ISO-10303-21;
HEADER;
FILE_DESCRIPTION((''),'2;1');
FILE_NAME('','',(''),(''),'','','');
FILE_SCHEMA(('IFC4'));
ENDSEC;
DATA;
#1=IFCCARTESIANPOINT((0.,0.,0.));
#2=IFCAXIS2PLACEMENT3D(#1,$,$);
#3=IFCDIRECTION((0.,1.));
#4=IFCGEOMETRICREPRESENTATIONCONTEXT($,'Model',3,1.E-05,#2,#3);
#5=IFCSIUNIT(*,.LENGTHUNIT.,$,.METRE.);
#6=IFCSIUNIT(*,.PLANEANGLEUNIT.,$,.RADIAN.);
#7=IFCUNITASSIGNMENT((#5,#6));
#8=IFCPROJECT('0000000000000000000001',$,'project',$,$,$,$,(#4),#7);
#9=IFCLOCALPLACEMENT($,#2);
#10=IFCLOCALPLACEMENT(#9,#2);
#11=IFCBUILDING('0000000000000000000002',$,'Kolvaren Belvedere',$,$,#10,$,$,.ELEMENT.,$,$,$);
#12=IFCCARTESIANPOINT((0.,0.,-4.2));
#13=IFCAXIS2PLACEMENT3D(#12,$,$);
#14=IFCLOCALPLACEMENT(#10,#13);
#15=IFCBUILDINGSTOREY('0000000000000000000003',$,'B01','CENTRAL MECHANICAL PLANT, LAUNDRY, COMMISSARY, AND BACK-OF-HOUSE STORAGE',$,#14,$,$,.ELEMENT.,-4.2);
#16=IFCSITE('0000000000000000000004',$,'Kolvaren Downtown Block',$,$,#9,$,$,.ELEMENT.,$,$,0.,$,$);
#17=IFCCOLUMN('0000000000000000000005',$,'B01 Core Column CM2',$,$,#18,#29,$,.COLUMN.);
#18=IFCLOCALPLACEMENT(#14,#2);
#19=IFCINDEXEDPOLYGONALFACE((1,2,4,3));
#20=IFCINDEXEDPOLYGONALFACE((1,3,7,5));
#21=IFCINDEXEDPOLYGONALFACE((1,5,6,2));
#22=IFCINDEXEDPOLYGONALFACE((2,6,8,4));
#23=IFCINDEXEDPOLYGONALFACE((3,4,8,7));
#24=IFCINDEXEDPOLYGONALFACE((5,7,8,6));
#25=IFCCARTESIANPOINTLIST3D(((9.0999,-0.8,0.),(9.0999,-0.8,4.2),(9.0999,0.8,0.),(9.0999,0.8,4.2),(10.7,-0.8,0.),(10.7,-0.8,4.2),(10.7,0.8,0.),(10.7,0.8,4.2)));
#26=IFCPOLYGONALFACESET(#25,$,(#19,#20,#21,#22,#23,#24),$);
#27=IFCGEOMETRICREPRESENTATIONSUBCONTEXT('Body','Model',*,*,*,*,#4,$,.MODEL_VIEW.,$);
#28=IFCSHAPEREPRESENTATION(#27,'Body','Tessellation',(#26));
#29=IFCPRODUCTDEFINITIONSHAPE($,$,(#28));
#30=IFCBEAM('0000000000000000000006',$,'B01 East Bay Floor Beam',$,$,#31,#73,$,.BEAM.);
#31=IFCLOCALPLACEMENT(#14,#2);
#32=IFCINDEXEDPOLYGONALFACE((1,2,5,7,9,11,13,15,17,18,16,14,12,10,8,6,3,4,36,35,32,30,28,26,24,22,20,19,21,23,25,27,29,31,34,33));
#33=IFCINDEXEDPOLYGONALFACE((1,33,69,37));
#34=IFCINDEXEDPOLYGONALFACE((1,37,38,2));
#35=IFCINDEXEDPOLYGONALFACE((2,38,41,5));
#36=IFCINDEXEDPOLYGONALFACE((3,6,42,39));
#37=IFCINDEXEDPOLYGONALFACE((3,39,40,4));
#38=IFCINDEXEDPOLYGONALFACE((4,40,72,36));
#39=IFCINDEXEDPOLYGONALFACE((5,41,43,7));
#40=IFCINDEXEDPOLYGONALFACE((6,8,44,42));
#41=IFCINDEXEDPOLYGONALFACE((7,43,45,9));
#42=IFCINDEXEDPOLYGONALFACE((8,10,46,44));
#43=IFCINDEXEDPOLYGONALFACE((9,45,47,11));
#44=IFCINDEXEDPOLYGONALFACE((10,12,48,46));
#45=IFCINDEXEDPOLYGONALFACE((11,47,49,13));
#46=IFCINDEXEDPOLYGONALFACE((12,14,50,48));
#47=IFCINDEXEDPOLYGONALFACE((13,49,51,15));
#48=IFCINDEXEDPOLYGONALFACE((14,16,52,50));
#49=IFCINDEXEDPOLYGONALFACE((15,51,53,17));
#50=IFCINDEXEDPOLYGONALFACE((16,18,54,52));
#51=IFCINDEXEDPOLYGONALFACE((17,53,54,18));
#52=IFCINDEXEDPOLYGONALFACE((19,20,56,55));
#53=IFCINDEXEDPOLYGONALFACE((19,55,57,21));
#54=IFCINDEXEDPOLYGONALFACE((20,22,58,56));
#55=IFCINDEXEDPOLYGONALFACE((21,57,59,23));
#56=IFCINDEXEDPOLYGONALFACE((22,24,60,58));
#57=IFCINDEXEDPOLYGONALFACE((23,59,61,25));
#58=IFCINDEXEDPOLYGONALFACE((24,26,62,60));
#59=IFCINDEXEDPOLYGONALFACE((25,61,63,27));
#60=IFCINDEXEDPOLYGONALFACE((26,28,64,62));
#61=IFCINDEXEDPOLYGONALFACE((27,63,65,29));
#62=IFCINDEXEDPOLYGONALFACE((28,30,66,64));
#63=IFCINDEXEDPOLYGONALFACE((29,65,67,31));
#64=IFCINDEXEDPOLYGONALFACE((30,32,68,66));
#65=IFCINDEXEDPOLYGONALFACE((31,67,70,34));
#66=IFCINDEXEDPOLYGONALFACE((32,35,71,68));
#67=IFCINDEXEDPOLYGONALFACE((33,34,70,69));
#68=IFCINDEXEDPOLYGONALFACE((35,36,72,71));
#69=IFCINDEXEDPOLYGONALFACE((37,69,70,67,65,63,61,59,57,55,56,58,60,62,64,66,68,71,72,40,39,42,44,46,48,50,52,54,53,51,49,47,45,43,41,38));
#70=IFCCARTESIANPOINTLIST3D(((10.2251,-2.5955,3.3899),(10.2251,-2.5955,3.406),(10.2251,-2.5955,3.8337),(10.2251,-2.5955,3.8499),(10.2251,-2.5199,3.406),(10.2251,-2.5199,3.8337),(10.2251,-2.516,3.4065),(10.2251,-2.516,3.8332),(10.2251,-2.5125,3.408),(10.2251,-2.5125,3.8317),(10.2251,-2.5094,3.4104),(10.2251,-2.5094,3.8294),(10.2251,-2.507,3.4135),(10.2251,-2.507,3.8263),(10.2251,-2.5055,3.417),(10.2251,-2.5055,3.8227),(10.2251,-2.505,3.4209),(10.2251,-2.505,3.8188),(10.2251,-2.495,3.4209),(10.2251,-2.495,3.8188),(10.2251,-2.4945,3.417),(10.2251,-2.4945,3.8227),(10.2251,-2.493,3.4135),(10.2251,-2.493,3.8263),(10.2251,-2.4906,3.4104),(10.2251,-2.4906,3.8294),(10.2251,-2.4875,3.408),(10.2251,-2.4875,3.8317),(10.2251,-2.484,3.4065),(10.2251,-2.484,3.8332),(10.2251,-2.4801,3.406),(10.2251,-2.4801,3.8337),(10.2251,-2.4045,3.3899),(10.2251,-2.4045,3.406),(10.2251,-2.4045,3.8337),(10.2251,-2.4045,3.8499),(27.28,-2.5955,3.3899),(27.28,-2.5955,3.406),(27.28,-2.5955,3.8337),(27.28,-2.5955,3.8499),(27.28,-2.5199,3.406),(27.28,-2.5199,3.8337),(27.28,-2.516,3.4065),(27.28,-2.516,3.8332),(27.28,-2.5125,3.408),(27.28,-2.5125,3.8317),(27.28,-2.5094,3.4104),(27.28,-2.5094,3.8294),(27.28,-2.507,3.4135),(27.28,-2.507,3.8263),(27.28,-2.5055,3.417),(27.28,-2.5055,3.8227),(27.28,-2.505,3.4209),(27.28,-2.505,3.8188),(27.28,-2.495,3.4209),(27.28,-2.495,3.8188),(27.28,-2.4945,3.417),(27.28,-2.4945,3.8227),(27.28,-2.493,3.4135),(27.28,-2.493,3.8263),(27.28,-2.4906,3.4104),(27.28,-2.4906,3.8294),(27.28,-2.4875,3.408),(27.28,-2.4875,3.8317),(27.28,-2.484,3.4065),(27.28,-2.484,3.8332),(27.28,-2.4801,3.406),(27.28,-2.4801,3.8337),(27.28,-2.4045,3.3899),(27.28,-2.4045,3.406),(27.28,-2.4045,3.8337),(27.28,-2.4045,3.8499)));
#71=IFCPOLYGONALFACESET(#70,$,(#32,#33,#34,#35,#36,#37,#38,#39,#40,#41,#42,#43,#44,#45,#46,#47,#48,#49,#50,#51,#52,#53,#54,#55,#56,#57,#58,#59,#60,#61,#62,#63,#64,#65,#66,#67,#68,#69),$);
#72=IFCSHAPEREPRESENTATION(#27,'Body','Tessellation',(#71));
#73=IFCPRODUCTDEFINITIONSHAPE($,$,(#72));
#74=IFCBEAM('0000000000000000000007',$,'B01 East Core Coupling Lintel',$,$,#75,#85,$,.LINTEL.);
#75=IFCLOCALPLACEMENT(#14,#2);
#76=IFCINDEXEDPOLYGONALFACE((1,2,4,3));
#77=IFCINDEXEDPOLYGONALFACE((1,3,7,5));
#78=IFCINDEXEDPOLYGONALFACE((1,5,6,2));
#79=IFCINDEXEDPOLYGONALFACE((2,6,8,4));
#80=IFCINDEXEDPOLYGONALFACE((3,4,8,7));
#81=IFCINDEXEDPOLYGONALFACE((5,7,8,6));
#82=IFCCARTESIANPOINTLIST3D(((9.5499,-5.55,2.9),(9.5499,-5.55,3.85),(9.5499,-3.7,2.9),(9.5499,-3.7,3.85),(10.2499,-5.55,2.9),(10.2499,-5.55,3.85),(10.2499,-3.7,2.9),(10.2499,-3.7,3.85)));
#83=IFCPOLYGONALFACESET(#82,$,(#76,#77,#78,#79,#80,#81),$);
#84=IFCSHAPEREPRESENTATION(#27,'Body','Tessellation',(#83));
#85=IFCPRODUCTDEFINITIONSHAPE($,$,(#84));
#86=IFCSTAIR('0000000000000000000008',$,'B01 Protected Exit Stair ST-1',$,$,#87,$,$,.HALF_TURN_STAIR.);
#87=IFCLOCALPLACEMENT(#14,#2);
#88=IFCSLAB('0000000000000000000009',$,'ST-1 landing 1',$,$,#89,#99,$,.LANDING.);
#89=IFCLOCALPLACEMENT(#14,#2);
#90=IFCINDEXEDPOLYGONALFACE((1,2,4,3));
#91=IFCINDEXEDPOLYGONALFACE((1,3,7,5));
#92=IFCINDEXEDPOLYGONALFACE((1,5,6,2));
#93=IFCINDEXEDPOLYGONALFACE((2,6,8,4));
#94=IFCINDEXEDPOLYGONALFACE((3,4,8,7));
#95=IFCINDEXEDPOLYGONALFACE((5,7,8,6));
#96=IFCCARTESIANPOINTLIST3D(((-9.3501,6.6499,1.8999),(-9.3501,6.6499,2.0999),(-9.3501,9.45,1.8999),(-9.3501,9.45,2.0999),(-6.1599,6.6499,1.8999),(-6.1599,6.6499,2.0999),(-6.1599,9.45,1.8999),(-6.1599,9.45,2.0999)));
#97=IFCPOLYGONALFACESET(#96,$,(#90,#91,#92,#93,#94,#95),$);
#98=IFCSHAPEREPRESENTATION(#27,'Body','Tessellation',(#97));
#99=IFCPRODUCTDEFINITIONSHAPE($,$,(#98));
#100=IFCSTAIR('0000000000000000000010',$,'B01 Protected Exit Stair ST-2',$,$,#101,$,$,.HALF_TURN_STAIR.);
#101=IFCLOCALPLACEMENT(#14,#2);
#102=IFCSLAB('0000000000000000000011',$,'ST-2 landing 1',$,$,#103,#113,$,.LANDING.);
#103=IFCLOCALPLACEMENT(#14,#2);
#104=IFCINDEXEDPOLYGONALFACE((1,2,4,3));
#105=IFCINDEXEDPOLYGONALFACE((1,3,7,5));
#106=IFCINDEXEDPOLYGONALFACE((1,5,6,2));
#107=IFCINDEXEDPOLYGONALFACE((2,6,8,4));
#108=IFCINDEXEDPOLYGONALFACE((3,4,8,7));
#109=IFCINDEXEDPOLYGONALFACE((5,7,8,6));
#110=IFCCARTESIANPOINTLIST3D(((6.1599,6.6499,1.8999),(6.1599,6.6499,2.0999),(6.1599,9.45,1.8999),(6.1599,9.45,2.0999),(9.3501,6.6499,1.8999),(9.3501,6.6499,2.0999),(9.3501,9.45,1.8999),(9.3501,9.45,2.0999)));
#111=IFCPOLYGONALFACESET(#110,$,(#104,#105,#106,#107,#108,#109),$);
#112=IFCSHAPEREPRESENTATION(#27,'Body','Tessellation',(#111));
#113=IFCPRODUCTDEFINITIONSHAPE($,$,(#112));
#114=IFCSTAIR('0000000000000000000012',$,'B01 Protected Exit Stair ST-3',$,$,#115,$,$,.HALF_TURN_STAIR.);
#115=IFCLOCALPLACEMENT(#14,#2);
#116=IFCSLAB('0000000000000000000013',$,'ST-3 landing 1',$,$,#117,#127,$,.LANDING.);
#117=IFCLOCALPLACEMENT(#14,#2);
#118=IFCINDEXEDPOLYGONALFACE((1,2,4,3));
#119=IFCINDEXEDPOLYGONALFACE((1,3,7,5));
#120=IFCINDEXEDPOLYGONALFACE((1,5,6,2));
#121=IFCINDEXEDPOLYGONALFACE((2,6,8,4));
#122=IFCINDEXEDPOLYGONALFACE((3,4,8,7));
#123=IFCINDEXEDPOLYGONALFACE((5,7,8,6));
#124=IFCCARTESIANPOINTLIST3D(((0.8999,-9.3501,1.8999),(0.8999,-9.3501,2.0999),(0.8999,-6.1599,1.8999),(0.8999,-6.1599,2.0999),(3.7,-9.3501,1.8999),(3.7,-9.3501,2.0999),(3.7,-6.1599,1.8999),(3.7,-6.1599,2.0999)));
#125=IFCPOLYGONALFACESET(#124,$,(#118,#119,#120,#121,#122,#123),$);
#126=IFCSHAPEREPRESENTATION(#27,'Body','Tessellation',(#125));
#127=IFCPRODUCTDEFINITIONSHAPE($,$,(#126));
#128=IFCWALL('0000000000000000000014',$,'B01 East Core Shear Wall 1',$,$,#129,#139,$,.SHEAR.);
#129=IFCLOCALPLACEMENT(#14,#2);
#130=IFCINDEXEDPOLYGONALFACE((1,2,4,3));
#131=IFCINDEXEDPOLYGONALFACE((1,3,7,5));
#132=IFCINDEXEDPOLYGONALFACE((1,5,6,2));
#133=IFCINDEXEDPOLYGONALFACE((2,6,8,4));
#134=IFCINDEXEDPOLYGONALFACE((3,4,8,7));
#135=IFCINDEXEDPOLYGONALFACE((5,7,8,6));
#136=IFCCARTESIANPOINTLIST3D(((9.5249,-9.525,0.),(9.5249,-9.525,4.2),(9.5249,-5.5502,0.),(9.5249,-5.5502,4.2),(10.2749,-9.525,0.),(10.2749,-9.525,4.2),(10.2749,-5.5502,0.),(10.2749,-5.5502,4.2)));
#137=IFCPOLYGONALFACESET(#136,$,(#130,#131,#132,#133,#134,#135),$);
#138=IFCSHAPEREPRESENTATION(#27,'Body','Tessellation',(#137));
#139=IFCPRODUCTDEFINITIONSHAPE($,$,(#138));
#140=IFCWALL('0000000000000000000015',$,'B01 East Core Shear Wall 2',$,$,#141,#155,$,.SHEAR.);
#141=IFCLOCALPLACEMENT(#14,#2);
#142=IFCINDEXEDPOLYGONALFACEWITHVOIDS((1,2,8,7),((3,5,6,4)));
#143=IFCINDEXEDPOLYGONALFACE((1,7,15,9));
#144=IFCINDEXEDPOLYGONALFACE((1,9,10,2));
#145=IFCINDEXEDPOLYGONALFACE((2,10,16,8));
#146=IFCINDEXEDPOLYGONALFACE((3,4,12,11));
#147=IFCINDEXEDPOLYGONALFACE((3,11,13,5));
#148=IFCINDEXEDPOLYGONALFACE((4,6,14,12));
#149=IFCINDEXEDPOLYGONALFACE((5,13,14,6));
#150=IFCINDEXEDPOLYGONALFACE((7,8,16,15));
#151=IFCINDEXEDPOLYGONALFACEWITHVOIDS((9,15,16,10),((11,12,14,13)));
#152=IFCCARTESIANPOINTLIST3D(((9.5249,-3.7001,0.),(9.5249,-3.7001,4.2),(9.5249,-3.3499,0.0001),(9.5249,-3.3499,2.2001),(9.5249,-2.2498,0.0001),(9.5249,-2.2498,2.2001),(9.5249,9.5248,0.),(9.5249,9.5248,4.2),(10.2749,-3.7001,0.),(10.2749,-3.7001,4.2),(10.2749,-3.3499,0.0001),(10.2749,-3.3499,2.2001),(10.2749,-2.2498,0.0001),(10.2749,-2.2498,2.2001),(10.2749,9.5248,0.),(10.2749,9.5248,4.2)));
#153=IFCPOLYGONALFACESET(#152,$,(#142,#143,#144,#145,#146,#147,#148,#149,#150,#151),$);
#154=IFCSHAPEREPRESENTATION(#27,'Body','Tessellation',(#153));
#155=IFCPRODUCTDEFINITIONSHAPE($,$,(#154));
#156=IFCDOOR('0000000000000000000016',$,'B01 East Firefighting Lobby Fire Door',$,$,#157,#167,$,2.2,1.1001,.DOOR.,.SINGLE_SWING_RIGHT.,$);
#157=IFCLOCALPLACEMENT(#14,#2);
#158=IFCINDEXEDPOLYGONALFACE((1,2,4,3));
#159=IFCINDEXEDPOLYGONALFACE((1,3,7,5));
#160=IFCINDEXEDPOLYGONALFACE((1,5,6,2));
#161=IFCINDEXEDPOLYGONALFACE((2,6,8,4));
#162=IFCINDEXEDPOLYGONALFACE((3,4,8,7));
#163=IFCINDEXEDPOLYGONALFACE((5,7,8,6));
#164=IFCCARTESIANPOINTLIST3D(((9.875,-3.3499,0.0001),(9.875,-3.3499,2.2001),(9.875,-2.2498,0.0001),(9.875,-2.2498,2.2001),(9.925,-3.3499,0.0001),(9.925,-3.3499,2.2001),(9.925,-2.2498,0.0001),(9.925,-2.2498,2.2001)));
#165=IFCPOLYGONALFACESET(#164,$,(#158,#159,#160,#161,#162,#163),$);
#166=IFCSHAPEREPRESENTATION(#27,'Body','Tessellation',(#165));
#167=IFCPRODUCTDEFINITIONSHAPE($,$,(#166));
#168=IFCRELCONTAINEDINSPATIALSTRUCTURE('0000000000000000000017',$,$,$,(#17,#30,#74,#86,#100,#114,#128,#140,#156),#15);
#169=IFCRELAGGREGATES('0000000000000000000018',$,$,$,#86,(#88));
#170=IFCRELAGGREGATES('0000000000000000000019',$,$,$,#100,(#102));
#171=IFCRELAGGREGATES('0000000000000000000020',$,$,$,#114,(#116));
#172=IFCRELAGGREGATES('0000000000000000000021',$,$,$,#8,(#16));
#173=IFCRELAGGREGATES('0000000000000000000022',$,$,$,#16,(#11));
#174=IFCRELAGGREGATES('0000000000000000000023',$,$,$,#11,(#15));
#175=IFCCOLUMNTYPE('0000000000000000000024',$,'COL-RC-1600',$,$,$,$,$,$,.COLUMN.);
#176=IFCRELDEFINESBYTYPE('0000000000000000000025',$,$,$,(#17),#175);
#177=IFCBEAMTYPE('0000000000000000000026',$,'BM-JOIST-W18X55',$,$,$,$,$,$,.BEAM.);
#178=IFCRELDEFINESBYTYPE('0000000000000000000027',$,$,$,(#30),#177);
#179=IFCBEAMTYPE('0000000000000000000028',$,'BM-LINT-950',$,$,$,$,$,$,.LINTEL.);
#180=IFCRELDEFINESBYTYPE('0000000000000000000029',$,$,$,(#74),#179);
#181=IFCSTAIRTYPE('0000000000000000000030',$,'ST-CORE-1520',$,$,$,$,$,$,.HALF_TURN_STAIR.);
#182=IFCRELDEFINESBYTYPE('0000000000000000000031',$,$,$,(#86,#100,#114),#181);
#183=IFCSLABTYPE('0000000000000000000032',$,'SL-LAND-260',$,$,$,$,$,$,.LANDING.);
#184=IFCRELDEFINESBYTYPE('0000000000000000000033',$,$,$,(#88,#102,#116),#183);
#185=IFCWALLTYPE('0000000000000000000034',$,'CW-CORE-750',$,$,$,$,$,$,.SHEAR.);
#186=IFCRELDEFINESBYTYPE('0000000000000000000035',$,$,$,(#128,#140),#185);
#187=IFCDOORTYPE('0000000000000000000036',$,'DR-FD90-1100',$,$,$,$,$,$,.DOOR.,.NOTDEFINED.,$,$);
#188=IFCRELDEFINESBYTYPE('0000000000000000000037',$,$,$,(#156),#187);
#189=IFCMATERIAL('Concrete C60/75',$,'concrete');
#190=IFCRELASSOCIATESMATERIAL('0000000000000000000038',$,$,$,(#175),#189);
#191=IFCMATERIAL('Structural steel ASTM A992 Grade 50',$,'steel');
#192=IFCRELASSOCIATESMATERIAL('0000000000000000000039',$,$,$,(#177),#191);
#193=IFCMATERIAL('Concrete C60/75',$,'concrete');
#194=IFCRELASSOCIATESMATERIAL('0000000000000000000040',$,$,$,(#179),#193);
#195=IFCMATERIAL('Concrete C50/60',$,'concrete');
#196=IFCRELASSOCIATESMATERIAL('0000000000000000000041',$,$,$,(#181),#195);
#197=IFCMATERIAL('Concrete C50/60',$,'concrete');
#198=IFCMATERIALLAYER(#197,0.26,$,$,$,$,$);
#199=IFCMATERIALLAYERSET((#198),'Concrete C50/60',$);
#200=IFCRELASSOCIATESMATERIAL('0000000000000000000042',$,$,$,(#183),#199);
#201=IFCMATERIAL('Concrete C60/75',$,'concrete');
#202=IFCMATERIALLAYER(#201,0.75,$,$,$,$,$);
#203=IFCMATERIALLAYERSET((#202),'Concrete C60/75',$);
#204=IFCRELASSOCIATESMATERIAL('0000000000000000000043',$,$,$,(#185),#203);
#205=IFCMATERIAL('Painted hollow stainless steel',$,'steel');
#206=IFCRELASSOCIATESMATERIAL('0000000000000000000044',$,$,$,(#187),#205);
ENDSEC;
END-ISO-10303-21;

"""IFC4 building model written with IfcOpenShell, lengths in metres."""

from ifc_helpers import new_model, si_unit, direction, frame, frame_2d, origin, origin_2d, place, context, subcontext, project, spatial, polyline, rectangle, i_section, outline, extrude, material, layer, layer_set, material_profile, profile_set, type_object, element, fill, aggregate, save


model = new_model("IFC4")

# Units and contexts
model_context = context("Model", 3, precision=1e-05, world=origin(), true_north=direction((0.0, 1.0)))
body_context = subcontext(model_context, "Body", "Model", "MODEL_VIEW")
ifc_project = project(units=[si_unit("LENGTHUNIT", "METRE"), si_unit("PLANEANGLEUNIT", "RADIAN")], contexts=[model_context])

# Site, building, storey
site_placement = place(None, origin())
site = spatial("IfcSite", under=ifc_project, at=site_placement, Name="Kolvaren Downtown Block", CompositionType="ELEMENT", RefElevation=0.0)
building_placement = place(site_placement, origin())
building = spatial("IfcBuilding", under=site, at=building_placement, Name="Kolvaren Belvedere", CompositionType="ELEMENT")
storey_placement = place(building_placement, frame((0.0, 0.0, -4.2)))
storey = spatial("IfcBuildingStorey", under=building, at=storey_placement, Name="B01", Description="CENTRAL MECHANICAL PLANT, LAUNDRY, COMMISSARY, AND BACK-OF-HOUSE STORAGE", CompositionType="ELEMENT", Elevation=-4.2)

# Column
ifc_material_1 = material(Name="Concrete C60/75", Category="concrete")
ifc_material_profile_1 = material_profile(ifc_material_1, rectangle(XDim=1.6001, YDim=1.6001, at=origin_2d()), Name="RC 1600X1600")
ifc_profile_set_1 = profile_set([ifc_material_profile_1], Name="Concrete C60/75")
column_type = type_object("IfcColumnType", Name="COL-RC-1600", PredefinedType="COLUMN", material=ifc_profile_set_1)
column_placement = place(storey_placement, frame((9.8999, 0.0, 0.0), z_axis=(0.0, 0.0, 1.0), x_axis=(1.0, 0.0, 0.0)))
element("IfcColumn", 1, at=column_placement, inside=storey, type_object=column_type, Name="B01 Core Column CM2", PredefinedType="COLUMN", context=body_context, shape_type="SweptSolid", body=[
    extrude(rectangle(XDim=1.6001, YDim=1.6001, at=origin_2d()), origin(), (0.0, 0.0, 1.0), 4.2),
])

# Beams
ifc_material_2 = material(Name="Structural steel ASTM A992 Grade 50", Category="steel")
ifc_material_profile_2 = material_profile(ifc_material_2, i_section(OverallWidth=0.1909, OverallDepth=0.46, WebThickness=0.01, FlangeThickness=0.0161, FilletRadius=0.0149, at=origin_2d()), Name="W18X55")
ifc_profile_set_2 = profile_set([ifc_material_profile_2], Name="Structural steel ASTM A992 Grade 50")
beam_type_1 = type_object("IfcBeamType", Name="BM-JOIST-W18X55", PredefinedType="BEAM", material=ifc_profile_set_2)
beam_1_placement = place(storey_placement, frame((10.2251, -2.5, 3.6199), z_axis=(1.0, 0.0, 0.0), x_axis=(0.0, 1.0, 0.0)))
element("IfcBeam", 2, at=beam_1_placement, inside=storey, type_object=beam_type_1, Name="B01 East Bay Floor Beam", PredefinedType="BEAM", context=body_context, shape_type="SweptSolid", body=[
    extrude(i_section(OverallWidth=0.1909, OverallDepth=0.46, WebThickness=0.01, FlangeThickness=0.0161, FilletRadius=0.0149, at=origin_2d()), origin(), (0.0, 0.0, 1.0), 17.0549),
])
ifc_material_3 = material(Name="Concrete C60/75", Category="concrete")
ifc_material_profile_3 = material_profile(ifc_material_3, rectangle(XDim=0.7, YDim=0.95, at=origin_2d()), Name="RC 700X950")
ifc_profile_set_3 = profile_set([ifc_material_profile_3], Name="Concrete C60/75")
beam_type_2 = type_object("IfcBeamType", Name="BM-LINT-950", PredefinedType="LINTEL", material=ifc_profile_set_3)
beam_2_placement = place(storey_placement, frame((9.8999, -5.55, 3.375), z_axis=(0.0, 1.0, 0.0), x_axis=(-1.0, 0.0, 0.0)))
element("IfcBeam", 3, at=beam_2_placement, inside=storey, type_object=beam_type_2, Name="B01 East Core Coupling Lintel", PredefinedType="LINTEL", context=body_context, shape_type="SweptSolid", body=[
    extrude(rectangle(XDim=0.7, YDim=0.95, at=origin_2d()), origin(), (0.0, 0.0, 1.0), 1.8501),
])

# Stairs, slabs
ifc_material_4 = material(Name="Concrete C50/60", Category="concrete")
stair_type = type_object("IfcStairType", Name="ST-CORE-1520", PredefinedType="HALF_TURN_STAIR", material=ifc_material_4)
stair_1_placement = place(storey_placement, origin())
stair_1 = element("IfcStair", 4, at=stair_1_placement, inside=storey, type_object=stair_type, Name="B01 Protected Exit Stair ST-1", PredefinedType="HALF_TURN_STAIR")
ifc_material_5 = material(Name="Concrete C50/60", Category="concrete")
ifc_layer_1 = layer(ifc_material_5, 0.26)
ifc_layer_set_1 = layer_set([ifc_layer_1], Name="Concrete C50/60")
slab_type = type_object("IfcSlabType", Name="SL-LAND-260", PredefinedType="LANDING", material=ifc_layer_set_1)
slab_1_placement = place(storey_placement, frame((0.0, 0.0, 1.8999)))
slab_1 = element("IfcSlab", 5, at=slab_1_placement, type_object=slab_type, Name="ST-1 landing 1", PredefinedType="LANDING", context=body_context, shape_type="SweptSolid", body=[
    extrude(outline(polyline([(-6.1599, 6.6499), (-6.1599, 9.45), (-9.3501, 9.45), (-9.3501, 6.6499), (-6.1599, 6.6499)])), origin(), (0.0, 0.0, 1.0), 0.2),
])
aggregate(stair_1, [slab_1])
stair_2_placement = place(storey_placement, origin())
stair_2 = element("IfcStair", 6, at=stair_2_placement, inside=storey, type_object=stair_type, Name="B01 Protected Exit Stair ST-2", PredefinedType="HALF_TURN_STAIR")
slab_2_placement = place(storey_placement, frame((0.0, 0.0, 1.8999)))
slab_2 = element("IfcSlab", 7, at=slab_2_placement, type_object=slab_type, Name="ST-2 landing 1", PredefinedType="LANDING", context=body_context, shape_type="SweptSolid", body=[
    extrude(outline(polyline([(9.3501, 6.6499), (9.3501, 9.45), (6.1599, 9.45), (6.1599, 6.6499), (9.3501, 6.6499)])), origin(), (0.0, 0.0, 1.0), 0.2),
])
aggregate(stair_2, [slab_2])
stair_3_placement = place(storey_placement, origin())
stair_3 = element("IfcStair", 8, at=stair_3_placement, inside=storey, type_object=stair_type, Name="B01 Protected Exit Stair ST-3", PredefinedType="HALF_TURN_STAIR")
slab_3_placement = place(storey_placement, frame((0.0, 0.0, 1.8999)))
slab_3 = element("IfcSlab", 9, at=slab_3_placement, type_object=slab_type, Name="ST-3 landing 1", PredefinedType="LANDING", context=body_context, shape_type="SweptSolid", body=[
    extrude(outline(polyline([(0.8999, -9.3501), (3.7, -9.3501), (3.7, -6.1599), (0.8999, -6.1599), (0.8999, -9.3501)])), origin(), (0.0, 0.0, 1.0), 0.2),
])

# Wall
ifc_material_6 = material(Name="Concrete C60/75", Category="concrete")
ifc_layer_2 = layer(ifc_material_6, 0.75)
ifc_layer_set_2 = layer_set([ifc_layer_2], Name="Concrete C60/75")
wall_type_1 = type_object("IfcWallType", Name="CW-CORE-750", PredefinedType="SHEAR", material=ifc_layer_set_2)
wall_1_placement = place(storey_placement, frame((9.8999, -9.5249, 0.0), z_axis=(0.0, 0.0, 1.0), x_axis=(0.0, 1.0, 0.0)))
element("IfcWall", 10, at=wall_1_placement, inside=storey, type_object=wall_type_1, Name="B01 East Core Shear Wall 1", PredefinedType="SHEAR", context=body_context, shape_type="SweptSolid", body=[
    extrude(rectangle(XDim=3.9749, YDim=0.75, at=frame_2d((1.9873, 0.0))), origin(), (0.0, 0.0, 1.0), 4.2),
])

# Wall, opening, door
wall_2_placement = place(storey_placement, frame((9.8999, -3.7, 0.0), z_axis=(0.0, 0.0, 1.0), x_axis=(0.0, 1.0, 0.0)))
wall_2 = element("IfcWall", 11, at=wall_2_placement, inside=storey, type_object=wall_type_1, Name="B01 East Core Shear Wall 2", PredefinedType="SHEAR", context=body_context, shape_type="SweptSolid", body=[
    extrude(rectangle(XDim=13.2249, YDim=0.75, at=frame_2d((6.6123, 0.0))), origin(), (0.0, 0.0, 1.0), 4.2),
])
opening_1_placement = place(wall_2_placement, frame((0.3501, 0.0, 0.0)))
opening_1 = element("IfcOpeningElement", 12, at=opening_1_placement, cuts=wall_2, PredefinedType="OPENING", context=body_context, shape_type="SweptSolid", body=[
    extrude(rectangle(XDim=1.1001, YDim=2.2, at=frame_2d((0.55, 1.1001))), frame((0.0, 0.385, 0.0), z_axis=(0.0, -1.0, 0.0), x_axis=(1.0, 0.0, 0.0)), (0.0, 0.0, 1.0), 0.77),
])
ifc_material_7 = material(Name="Painted hollow stainless steel", Category="steel")
door_type_1 = type_object("IfcDoorType", Name="DR-FD90-1100", OperationType="NOTDEFINED", PredefinedType="DOOR", material=ifc_material_7)
door_1_placement = place(opening_1_placement, origin())
door_1 = element("IfcDoor", 13, at=door_1_placement, inside=storey, type_object=door_type_1, Name="B01 East Firefighting Lobby Fire Door", OperationType="SINGLE_SWING_RIGHT", OverallHeight=2.2, OverallWidth=1.1001, PredefinedType="DOOR", context=body_context, shape_type="SweptSolid", body=[
    extrude(rectangle(XDim=1.1001, YDim=2.2, at=frame_2d((0.55, 1.1001))), frame((0.0, 0.0249, 0.0), z_axis=(0.0, -1.0, 0.0), x_axis=(1.0, 0.0, 0.0)), (0.0, 0.0, 1.0), 0.05),
])
fill(opening_1, door_1)

aggregate(stair_3, [slab_3])

save(model, "model.ifc")
